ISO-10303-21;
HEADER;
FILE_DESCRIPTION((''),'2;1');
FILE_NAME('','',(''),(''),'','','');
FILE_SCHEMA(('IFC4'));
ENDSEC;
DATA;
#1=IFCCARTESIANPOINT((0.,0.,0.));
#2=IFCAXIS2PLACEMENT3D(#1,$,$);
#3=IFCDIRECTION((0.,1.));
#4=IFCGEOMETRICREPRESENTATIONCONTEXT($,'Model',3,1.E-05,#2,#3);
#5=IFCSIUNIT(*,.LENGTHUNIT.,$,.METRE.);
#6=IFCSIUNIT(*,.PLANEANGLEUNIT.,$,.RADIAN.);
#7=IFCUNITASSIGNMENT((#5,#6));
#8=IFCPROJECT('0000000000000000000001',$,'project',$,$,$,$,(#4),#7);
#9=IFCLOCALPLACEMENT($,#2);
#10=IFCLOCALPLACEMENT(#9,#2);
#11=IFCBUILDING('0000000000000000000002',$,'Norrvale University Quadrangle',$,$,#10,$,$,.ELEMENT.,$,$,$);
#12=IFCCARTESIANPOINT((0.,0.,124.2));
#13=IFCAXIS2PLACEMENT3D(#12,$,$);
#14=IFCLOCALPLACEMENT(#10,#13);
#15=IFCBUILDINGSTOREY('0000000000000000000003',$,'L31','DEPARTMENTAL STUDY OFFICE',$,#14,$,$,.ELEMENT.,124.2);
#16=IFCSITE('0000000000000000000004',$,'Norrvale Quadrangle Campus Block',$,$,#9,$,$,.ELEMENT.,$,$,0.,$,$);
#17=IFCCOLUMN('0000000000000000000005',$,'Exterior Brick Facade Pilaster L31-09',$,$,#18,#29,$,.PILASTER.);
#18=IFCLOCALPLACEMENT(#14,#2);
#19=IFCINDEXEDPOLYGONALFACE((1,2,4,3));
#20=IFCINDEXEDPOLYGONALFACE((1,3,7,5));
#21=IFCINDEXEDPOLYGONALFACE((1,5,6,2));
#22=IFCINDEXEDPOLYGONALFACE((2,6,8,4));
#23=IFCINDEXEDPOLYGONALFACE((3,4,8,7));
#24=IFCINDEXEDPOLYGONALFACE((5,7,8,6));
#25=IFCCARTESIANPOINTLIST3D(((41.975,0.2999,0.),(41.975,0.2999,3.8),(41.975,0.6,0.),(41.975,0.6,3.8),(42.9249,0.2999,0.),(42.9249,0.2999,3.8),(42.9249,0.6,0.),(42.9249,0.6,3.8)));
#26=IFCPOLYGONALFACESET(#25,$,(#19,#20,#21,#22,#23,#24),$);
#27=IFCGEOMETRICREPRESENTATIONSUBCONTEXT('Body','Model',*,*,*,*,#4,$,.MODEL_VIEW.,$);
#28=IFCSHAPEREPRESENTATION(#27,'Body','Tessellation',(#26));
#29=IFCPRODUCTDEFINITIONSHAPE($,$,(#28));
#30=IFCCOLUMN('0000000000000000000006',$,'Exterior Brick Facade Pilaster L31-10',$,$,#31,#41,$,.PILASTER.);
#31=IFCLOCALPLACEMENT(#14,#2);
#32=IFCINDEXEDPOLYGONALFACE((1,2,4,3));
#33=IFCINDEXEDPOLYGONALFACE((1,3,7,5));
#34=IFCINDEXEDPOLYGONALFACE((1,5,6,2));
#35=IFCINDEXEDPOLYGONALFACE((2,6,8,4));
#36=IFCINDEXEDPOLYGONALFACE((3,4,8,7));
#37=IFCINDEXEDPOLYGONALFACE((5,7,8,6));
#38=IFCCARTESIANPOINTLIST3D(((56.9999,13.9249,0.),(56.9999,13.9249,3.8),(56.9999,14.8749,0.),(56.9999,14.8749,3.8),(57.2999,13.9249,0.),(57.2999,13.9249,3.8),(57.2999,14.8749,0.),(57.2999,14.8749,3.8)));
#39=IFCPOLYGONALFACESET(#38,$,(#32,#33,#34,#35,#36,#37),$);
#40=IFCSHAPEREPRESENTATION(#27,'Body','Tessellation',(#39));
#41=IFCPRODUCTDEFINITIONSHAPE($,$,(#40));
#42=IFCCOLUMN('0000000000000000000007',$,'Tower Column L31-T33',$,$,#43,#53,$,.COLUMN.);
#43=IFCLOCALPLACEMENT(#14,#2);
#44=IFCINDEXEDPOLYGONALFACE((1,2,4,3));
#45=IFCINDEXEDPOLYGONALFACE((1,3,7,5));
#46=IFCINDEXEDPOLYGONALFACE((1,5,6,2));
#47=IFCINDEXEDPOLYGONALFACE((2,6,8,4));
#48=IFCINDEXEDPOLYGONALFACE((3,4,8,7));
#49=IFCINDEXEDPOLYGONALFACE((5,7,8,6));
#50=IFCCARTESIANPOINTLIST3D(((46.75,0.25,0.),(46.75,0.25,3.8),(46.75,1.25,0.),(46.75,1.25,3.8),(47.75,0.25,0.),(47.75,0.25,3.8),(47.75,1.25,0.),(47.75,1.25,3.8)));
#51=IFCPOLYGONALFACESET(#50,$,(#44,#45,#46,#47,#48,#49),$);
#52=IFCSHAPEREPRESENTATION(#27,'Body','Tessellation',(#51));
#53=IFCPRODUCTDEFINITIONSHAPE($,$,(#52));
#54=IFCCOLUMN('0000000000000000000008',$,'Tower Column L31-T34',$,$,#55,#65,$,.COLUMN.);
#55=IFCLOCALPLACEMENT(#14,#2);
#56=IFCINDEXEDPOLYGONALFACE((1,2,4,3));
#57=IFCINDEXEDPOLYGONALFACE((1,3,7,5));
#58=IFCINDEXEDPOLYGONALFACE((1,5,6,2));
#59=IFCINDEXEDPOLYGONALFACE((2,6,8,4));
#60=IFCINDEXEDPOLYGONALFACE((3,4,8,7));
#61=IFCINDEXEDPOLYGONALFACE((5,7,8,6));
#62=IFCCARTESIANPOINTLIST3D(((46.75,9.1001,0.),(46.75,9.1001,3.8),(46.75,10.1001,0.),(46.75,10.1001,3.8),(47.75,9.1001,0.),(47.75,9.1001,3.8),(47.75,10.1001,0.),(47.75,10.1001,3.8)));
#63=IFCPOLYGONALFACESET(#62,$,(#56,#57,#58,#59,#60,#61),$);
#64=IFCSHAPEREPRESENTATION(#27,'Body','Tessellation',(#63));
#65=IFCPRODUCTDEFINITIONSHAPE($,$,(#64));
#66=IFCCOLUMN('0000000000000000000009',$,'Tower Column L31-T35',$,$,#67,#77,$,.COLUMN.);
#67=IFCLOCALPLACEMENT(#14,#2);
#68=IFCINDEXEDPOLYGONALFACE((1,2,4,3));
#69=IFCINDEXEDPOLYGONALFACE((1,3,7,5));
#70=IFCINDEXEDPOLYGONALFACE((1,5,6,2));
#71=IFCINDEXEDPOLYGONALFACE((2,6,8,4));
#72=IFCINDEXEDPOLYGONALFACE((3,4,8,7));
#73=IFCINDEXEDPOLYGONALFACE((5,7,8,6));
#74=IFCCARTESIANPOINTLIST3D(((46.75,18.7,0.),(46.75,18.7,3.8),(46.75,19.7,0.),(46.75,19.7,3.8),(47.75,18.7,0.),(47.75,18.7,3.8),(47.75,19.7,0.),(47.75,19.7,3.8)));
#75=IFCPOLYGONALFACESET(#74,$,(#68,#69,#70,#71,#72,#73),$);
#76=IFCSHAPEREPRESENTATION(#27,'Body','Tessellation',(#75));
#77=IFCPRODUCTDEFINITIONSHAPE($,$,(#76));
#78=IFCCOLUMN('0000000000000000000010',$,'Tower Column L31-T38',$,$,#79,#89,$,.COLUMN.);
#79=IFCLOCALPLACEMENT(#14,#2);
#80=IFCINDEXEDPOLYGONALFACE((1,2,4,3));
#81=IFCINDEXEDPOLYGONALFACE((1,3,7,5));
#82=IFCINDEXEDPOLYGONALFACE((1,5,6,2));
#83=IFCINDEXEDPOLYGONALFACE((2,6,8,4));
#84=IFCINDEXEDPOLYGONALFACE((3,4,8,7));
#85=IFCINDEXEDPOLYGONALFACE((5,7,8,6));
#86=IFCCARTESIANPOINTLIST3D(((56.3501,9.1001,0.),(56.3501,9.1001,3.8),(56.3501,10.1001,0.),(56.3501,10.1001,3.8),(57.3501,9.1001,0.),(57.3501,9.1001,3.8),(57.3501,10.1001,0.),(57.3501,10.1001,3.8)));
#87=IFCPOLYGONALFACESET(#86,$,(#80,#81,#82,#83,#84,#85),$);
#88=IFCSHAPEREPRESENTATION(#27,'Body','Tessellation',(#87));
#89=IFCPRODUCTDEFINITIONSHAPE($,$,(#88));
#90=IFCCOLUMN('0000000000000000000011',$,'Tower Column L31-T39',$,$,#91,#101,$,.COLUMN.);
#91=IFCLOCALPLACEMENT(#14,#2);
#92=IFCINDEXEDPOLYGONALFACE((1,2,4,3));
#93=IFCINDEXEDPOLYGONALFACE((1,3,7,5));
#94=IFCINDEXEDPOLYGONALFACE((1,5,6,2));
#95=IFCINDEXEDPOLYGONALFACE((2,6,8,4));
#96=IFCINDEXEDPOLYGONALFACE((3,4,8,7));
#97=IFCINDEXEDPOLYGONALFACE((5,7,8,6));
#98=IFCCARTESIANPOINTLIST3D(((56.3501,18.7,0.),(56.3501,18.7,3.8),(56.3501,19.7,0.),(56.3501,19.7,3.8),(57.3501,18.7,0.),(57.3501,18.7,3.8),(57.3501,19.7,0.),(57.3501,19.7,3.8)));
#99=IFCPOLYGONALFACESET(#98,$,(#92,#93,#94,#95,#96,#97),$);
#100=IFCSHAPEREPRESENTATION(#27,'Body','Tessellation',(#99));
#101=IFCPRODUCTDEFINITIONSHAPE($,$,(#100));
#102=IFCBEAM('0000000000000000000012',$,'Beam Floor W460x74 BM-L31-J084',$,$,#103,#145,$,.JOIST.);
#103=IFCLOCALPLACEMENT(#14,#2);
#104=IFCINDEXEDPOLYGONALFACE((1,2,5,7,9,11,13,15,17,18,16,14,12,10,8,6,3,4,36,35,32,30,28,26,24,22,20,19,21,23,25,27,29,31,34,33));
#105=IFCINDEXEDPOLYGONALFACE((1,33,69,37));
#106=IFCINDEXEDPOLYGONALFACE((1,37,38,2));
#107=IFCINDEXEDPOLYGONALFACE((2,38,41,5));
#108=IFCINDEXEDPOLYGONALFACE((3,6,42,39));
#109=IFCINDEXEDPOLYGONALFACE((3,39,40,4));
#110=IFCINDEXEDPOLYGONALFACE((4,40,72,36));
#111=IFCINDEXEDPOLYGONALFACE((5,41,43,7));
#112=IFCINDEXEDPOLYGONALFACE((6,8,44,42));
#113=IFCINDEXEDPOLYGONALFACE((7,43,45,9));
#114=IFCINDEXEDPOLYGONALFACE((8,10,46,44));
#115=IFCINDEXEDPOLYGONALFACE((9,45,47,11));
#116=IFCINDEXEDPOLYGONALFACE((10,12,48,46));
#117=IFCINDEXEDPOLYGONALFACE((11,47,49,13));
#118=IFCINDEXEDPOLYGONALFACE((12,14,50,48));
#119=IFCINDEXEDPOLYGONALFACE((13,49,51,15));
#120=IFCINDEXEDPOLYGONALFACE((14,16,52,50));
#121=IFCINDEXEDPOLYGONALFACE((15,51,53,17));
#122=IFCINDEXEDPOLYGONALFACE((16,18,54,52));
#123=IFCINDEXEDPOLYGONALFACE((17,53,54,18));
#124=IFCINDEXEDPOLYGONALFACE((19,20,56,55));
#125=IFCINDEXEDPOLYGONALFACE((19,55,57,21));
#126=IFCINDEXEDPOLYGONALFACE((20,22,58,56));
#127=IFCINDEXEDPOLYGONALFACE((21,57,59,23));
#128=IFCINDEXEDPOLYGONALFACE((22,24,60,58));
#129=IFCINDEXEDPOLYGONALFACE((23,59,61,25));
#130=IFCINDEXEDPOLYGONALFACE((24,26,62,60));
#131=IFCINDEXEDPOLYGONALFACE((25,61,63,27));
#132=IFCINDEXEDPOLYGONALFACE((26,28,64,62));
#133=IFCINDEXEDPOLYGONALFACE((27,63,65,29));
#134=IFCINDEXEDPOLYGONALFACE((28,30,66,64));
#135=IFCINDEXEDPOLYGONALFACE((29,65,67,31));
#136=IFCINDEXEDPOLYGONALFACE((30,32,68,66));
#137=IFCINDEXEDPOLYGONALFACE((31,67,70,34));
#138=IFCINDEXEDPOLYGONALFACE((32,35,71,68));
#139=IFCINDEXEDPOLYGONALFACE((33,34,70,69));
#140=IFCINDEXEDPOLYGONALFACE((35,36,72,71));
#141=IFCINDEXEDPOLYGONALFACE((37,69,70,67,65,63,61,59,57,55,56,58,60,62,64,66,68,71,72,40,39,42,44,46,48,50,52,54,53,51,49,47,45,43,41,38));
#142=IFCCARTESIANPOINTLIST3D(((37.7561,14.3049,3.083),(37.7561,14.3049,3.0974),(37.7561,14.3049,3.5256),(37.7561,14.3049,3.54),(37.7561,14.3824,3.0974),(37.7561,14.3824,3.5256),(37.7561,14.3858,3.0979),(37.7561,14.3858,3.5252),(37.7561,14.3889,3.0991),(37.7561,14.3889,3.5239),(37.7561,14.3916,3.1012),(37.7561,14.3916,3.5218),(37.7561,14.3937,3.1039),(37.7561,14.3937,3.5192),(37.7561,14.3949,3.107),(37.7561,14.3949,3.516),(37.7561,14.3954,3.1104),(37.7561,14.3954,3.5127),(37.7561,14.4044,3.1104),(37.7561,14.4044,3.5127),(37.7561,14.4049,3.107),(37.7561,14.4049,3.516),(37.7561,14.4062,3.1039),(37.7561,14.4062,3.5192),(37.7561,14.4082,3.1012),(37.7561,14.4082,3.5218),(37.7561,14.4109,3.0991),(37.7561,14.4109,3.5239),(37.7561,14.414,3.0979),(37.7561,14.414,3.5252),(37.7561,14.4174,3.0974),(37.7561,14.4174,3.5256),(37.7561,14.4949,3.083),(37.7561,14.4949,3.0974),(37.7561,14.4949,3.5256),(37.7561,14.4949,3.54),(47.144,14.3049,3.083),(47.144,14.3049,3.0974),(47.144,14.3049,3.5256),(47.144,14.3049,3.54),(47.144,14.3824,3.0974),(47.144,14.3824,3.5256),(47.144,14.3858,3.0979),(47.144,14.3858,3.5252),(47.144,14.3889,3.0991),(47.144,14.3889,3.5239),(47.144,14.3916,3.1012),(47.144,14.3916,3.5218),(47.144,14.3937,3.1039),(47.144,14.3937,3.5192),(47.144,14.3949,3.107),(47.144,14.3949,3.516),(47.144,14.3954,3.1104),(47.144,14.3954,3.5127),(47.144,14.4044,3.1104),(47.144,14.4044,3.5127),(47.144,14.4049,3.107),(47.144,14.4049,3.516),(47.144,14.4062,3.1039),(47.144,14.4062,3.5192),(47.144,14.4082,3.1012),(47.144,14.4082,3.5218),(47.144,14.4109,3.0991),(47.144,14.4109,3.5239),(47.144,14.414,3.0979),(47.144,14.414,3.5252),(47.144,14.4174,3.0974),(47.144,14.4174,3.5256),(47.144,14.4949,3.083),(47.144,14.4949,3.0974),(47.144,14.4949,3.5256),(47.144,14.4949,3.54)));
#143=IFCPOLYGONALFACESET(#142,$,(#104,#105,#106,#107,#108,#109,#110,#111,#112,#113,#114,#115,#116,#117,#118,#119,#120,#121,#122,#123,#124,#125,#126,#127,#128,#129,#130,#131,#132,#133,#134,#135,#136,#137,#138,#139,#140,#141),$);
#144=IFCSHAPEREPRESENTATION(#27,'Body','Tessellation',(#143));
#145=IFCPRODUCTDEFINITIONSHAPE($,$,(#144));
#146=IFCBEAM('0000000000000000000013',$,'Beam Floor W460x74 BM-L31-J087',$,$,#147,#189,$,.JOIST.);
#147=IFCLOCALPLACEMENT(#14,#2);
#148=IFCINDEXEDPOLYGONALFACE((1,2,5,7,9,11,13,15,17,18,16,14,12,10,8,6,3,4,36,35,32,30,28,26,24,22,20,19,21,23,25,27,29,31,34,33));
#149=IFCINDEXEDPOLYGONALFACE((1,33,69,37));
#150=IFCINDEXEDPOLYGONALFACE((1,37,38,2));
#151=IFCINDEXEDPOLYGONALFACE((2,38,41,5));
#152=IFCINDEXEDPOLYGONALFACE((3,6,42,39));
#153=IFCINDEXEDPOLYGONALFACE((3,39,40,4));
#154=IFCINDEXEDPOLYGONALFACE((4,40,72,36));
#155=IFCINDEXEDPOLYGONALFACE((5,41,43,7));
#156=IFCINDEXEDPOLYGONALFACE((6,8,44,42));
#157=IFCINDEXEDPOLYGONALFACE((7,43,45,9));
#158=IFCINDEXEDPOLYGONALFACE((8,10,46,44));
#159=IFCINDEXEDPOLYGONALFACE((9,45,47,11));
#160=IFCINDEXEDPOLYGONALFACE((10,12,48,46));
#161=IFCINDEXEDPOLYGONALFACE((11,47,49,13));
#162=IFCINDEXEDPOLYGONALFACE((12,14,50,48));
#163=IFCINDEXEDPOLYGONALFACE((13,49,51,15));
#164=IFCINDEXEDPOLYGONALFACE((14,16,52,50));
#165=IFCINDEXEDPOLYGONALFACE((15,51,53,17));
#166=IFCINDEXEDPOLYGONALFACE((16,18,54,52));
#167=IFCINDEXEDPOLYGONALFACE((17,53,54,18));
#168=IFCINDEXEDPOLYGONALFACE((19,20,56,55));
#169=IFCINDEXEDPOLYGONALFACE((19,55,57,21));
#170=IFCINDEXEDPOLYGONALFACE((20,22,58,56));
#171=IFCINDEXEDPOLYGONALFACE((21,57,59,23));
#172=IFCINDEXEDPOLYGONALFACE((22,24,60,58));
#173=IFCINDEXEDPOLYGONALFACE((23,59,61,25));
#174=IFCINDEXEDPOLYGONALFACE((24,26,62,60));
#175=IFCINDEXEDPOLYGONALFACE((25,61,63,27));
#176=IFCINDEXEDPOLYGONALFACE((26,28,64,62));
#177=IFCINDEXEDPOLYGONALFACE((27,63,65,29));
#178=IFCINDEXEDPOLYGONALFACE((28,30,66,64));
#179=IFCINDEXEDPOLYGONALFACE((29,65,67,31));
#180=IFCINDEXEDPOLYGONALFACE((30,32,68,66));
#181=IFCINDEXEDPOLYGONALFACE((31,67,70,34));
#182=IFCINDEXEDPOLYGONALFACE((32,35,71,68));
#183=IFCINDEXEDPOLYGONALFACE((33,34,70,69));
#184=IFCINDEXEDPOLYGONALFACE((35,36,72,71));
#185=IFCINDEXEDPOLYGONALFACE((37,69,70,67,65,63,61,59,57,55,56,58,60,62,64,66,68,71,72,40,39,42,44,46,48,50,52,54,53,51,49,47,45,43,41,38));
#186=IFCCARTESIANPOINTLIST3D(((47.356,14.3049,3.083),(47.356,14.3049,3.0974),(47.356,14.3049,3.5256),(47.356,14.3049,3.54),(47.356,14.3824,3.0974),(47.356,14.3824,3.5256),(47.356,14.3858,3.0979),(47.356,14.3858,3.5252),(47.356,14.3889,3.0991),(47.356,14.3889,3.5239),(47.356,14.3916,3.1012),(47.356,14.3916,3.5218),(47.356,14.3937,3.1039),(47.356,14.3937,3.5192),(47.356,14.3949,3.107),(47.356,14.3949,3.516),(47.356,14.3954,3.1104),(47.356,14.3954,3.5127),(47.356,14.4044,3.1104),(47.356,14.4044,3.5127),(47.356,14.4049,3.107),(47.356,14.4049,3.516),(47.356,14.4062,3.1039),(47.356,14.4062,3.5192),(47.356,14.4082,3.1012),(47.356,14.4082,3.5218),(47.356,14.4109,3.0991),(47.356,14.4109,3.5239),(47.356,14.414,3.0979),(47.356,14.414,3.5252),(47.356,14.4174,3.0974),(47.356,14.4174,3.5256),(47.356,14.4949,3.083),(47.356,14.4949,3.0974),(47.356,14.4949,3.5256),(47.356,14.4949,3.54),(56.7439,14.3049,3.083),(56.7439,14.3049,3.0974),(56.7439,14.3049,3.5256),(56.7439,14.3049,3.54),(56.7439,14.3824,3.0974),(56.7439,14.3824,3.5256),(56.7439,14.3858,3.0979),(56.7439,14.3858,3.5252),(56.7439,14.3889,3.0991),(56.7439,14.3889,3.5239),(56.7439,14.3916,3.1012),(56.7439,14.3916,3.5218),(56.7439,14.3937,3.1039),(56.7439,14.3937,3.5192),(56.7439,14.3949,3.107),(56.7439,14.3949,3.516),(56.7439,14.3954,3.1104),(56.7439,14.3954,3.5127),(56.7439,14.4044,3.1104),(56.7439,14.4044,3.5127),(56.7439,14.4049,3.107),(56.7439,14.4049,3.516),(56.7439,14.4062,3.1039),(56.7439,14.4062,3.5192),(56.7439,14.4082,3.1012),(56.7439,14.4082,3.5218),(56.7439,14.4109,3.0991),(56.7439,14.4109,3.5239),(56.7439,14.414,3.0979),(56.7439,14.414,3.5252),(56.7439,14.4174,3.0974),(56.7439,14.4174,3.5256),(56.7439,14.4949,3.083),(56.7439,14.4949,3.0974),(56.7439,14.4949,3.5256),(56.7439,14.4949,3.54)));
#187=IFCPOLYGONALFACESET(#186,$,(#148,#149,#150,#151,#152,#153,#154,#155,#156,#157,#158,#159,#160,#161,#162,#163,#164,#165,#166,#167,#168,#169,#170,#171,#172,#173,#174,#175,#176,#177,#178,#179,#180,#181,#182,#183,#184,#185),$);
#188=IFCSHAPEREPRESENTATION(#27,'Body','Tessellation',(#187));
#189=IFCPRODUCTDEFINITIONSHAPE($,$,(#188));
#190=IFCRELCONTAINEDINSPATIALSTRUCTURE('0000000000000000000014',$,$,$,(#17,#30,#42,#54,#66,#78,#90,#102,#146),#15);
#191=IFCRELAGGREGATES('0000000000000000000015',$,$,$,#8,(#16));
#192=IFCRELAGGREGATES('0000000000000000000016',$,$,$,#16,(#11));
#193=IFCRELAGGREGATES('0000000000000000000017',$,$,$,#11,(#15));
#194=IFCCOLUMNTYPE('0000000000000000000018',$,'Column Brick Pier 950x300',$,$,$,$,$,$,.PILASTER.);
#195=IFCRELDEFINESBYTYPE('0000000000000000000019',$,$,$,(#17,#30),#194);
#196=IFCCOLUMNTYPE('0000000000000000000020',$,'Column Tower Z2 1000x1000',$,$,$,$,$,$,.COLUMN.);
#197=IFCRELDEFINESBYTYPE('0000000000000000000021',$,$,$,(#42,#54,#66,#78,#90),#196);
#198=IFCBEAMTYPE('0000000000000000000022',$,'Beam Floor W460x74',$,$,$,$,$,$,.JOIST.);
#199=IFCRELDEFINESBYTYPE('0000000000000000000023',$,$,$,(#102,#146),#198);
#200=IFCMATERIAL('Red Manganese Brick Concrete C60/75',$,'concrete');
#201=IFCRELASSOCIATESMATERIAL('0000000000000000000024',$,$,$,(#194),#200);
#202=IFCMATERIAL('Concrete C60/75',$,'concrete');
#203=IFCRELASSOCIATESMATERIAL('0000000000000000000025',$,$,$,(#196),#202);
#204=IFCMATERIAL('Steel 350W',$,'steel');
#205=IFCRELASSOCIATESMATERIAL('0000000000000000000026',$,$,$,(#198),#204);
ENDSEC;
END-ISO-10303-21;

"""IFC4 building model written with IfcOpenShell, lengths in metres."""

from ifc_helpers import new_model, si_unit, direction, frame, origin, origin_2d, place, context, subcontext, project, spatial, rectangle, i_section, extrude, material, material_profile, profile_set, type_object, element, save


model = new_model("IFC4")

# Units and contexts
model_context = context("Model", 3, precision=1e-05, world=origin(), true_north=direction((0.0, 1.0)))
body_context = subcontext(model_context, "Body", "Model", "MODEL_VIEW")
ifc_project = project(units=[si_unit("LENGTHUNIT", "METRE"), si_unit("PLANEANGLEUNIT", "RADIAN")], contexts=[model_context])

# Site, building, storey
site_placement = place(None, origin())
site = spatial("IfcSite", under=ifc_project, at=site_placement, Name="Norrvale Quadrangle Campus Block", CompositionType="ELEMENT", RefElevation=0.0)
building_placement = place(site_placement, origin())
building = spatial("IfcBuilding", under=site, at=building_placement, Name="Norrvale University Quadrangle", CompositionType="ELEMENT")
storey_placement = place(building_placement, frame((0.0, 0.0, 124.2)))
storey = spatial("IfcBuildingStorey", under=building, at=storey_placement, Name="L31", Description="DEPARTMENTAL STUDY OFFICE", CompositionType="ELEMENT", Elevation=124.2)

# Columns
ifc_material_1 = material(Name="Red Manganese Brick Concrete C60/75", Category="concrete")
ifc_material_profile_1 = material_profile(ifc_material_1, rectangle(XDim=0.95, YDim=0.3, at=origin_2d()), Name="Red Manganese Brick Concrete C60/75")
ifc_profile_set_1 = profile_set([ifc_material_profile_1], Name="Red Manganese Brick Concrete C60/75")
column_type_1 = type_object("IfcColumnType", Name="Column Brick Pier 950x300", PredefinedType="PILASTER", material=ifc_profile_set_1)
for number, where, z_axis, x_axis, name in (
    (1, (42.45, 0.45, 0.0), (0.0, 0.0, 1.0), (1.0, 0.0, 0.0), "Exterior Brick Facade Pilaster L31-09"),
    (2, (57.1499, 14.3999, 0.0), (0.0, 0.0, 1.0), (0.0, 1.0, 0.0), "Exterior Brick Facade Pilaster L31-10"),
):
    element("IfcColumn", number, at=place(storey_placement, frame(where, z_axis=z_axis, x_axis=x_axis)), inside=storey, type_object=column_type_1, Name=name, PredefinedType="PILASTER", context=body_context, shape_type="SweptSolid", body=[
        extrude(rectangle(XDim=0.95, YDim=0.3, at=origin_2d()), origin(), (0.0, 0.0, 1.0), 3.8),
    ])
ifc_material_2 = material(Name="Concrete C60/75", Category="concrete")
ifc_material_profile_2 = material_profile(ifc_material_2, rectangle(XDim=1.0, YDim=1.0, at=origin_2d()), Name="Concrete C60/75")
ifc_profile_set_2 = profile_set([ifc_material_profile_2], Name="Concrete C60/75")
column_type_2 = type_object("IfcColumnType", Name="Column Tower Z2 1000x1000", PredefinedType="COLUMN", material=ifc_profile_set_2)
for number, where, z_axis, x_axis, name in (
    (3, (47.25, 0.75, 0.0), (0.0, 0.0, 1.0), (1.0, 0.0, 0.0), "Tower Column L31-T33"),
    (4, (47.25, 9.6001, 0.0), (0.0, 0.0, 1.0), (1.0, 0.0, 0.0), "Tower Column L31-T34"),
    (5, (47.25, 19.2, 0.0), (0.0, 0.0, 1.0), (1.0, 0.0, 0.0), "Tower Column L31-T35"),
    (6, (56.8501, 9.6001, 0.0), (0.0, 0.0, 1.0), (1.0, 0.0, 0.0), "Tower Column L31-T38"),
    (7, (56.8501, 19.2, 0.0), (0.0, 0.0, 1.0), (1.0, 0.0, 0.0), "Tower Column L31-T39"),
):
    element("IfcColumn", number, at=place(storey_placement, frame(where, z_axis=z_axis, x_axis=x_axis)), inside=storey, type_object=column_type_2, Name=name, PredefinedType="COLUMN", context=body_context, shape_type="SweptSolid", body=[
        extrude(rectangle(XDim=1.0, YDim=1.0, at=origin_2d()), origin(), (0.0, 0.0, 1.0), 3.8),
    ])

# Beams
ifc_material_3 = material(Name="Steel 350W", Category="steel")
ifc_material_profile_3 = material_profile(ifc_material_3, i_section(OverallWidth=0.1899, OverallDepth=0.457, WebThickness=0.009, FlangeThickness=0.0144, FilletRadius=0.0129, at=origin_2d()), Name="Steel 350W")
ifc_profile_set_3 = profile_set([ifc_material_profile_3], Name="Steel 350W")
beam_type_1 = type_object("IfcBeamType", Name="Beam Floor W460x74", PredefinedType="JOIST", material=ifc_profile_set_3)
for number, where, z_axis, x_axis, name in (
    (8, (37.7561, 14.3999, 3.3115), (1.0, 0.0, 0.0), (0.0, 1.0, 0.0), "Beam Floor W460x74 BM-L31-J084"),
    (9, (47.356, 14.3999, 3.3115), (1.0, 0.0, 0.0), (0.0, 1.0, 0.0), "Beam Floor W460x74 BM-L31-J087"),
):
    element("IfcBeam", number, at=place(storey_placement, frame(where, z_axis=z_axis, x_axis=x_axis)), inside=storey, type_object=beam_type_1, Name=name, PredefinedType="JOIST", context=body_context, shape_type="SweptSolid", body=[
        extrude(i_section(OverallWidth=0.1899, OverallDepth=0.457, WebThickness=0.009, FlangeThickness=0.0144, FilletRadius=0.0129, at=origin_2d()), origin(), (0.0, 0.0, 1.0), 9.3879),
    ])

save(model, "model.ifc")
